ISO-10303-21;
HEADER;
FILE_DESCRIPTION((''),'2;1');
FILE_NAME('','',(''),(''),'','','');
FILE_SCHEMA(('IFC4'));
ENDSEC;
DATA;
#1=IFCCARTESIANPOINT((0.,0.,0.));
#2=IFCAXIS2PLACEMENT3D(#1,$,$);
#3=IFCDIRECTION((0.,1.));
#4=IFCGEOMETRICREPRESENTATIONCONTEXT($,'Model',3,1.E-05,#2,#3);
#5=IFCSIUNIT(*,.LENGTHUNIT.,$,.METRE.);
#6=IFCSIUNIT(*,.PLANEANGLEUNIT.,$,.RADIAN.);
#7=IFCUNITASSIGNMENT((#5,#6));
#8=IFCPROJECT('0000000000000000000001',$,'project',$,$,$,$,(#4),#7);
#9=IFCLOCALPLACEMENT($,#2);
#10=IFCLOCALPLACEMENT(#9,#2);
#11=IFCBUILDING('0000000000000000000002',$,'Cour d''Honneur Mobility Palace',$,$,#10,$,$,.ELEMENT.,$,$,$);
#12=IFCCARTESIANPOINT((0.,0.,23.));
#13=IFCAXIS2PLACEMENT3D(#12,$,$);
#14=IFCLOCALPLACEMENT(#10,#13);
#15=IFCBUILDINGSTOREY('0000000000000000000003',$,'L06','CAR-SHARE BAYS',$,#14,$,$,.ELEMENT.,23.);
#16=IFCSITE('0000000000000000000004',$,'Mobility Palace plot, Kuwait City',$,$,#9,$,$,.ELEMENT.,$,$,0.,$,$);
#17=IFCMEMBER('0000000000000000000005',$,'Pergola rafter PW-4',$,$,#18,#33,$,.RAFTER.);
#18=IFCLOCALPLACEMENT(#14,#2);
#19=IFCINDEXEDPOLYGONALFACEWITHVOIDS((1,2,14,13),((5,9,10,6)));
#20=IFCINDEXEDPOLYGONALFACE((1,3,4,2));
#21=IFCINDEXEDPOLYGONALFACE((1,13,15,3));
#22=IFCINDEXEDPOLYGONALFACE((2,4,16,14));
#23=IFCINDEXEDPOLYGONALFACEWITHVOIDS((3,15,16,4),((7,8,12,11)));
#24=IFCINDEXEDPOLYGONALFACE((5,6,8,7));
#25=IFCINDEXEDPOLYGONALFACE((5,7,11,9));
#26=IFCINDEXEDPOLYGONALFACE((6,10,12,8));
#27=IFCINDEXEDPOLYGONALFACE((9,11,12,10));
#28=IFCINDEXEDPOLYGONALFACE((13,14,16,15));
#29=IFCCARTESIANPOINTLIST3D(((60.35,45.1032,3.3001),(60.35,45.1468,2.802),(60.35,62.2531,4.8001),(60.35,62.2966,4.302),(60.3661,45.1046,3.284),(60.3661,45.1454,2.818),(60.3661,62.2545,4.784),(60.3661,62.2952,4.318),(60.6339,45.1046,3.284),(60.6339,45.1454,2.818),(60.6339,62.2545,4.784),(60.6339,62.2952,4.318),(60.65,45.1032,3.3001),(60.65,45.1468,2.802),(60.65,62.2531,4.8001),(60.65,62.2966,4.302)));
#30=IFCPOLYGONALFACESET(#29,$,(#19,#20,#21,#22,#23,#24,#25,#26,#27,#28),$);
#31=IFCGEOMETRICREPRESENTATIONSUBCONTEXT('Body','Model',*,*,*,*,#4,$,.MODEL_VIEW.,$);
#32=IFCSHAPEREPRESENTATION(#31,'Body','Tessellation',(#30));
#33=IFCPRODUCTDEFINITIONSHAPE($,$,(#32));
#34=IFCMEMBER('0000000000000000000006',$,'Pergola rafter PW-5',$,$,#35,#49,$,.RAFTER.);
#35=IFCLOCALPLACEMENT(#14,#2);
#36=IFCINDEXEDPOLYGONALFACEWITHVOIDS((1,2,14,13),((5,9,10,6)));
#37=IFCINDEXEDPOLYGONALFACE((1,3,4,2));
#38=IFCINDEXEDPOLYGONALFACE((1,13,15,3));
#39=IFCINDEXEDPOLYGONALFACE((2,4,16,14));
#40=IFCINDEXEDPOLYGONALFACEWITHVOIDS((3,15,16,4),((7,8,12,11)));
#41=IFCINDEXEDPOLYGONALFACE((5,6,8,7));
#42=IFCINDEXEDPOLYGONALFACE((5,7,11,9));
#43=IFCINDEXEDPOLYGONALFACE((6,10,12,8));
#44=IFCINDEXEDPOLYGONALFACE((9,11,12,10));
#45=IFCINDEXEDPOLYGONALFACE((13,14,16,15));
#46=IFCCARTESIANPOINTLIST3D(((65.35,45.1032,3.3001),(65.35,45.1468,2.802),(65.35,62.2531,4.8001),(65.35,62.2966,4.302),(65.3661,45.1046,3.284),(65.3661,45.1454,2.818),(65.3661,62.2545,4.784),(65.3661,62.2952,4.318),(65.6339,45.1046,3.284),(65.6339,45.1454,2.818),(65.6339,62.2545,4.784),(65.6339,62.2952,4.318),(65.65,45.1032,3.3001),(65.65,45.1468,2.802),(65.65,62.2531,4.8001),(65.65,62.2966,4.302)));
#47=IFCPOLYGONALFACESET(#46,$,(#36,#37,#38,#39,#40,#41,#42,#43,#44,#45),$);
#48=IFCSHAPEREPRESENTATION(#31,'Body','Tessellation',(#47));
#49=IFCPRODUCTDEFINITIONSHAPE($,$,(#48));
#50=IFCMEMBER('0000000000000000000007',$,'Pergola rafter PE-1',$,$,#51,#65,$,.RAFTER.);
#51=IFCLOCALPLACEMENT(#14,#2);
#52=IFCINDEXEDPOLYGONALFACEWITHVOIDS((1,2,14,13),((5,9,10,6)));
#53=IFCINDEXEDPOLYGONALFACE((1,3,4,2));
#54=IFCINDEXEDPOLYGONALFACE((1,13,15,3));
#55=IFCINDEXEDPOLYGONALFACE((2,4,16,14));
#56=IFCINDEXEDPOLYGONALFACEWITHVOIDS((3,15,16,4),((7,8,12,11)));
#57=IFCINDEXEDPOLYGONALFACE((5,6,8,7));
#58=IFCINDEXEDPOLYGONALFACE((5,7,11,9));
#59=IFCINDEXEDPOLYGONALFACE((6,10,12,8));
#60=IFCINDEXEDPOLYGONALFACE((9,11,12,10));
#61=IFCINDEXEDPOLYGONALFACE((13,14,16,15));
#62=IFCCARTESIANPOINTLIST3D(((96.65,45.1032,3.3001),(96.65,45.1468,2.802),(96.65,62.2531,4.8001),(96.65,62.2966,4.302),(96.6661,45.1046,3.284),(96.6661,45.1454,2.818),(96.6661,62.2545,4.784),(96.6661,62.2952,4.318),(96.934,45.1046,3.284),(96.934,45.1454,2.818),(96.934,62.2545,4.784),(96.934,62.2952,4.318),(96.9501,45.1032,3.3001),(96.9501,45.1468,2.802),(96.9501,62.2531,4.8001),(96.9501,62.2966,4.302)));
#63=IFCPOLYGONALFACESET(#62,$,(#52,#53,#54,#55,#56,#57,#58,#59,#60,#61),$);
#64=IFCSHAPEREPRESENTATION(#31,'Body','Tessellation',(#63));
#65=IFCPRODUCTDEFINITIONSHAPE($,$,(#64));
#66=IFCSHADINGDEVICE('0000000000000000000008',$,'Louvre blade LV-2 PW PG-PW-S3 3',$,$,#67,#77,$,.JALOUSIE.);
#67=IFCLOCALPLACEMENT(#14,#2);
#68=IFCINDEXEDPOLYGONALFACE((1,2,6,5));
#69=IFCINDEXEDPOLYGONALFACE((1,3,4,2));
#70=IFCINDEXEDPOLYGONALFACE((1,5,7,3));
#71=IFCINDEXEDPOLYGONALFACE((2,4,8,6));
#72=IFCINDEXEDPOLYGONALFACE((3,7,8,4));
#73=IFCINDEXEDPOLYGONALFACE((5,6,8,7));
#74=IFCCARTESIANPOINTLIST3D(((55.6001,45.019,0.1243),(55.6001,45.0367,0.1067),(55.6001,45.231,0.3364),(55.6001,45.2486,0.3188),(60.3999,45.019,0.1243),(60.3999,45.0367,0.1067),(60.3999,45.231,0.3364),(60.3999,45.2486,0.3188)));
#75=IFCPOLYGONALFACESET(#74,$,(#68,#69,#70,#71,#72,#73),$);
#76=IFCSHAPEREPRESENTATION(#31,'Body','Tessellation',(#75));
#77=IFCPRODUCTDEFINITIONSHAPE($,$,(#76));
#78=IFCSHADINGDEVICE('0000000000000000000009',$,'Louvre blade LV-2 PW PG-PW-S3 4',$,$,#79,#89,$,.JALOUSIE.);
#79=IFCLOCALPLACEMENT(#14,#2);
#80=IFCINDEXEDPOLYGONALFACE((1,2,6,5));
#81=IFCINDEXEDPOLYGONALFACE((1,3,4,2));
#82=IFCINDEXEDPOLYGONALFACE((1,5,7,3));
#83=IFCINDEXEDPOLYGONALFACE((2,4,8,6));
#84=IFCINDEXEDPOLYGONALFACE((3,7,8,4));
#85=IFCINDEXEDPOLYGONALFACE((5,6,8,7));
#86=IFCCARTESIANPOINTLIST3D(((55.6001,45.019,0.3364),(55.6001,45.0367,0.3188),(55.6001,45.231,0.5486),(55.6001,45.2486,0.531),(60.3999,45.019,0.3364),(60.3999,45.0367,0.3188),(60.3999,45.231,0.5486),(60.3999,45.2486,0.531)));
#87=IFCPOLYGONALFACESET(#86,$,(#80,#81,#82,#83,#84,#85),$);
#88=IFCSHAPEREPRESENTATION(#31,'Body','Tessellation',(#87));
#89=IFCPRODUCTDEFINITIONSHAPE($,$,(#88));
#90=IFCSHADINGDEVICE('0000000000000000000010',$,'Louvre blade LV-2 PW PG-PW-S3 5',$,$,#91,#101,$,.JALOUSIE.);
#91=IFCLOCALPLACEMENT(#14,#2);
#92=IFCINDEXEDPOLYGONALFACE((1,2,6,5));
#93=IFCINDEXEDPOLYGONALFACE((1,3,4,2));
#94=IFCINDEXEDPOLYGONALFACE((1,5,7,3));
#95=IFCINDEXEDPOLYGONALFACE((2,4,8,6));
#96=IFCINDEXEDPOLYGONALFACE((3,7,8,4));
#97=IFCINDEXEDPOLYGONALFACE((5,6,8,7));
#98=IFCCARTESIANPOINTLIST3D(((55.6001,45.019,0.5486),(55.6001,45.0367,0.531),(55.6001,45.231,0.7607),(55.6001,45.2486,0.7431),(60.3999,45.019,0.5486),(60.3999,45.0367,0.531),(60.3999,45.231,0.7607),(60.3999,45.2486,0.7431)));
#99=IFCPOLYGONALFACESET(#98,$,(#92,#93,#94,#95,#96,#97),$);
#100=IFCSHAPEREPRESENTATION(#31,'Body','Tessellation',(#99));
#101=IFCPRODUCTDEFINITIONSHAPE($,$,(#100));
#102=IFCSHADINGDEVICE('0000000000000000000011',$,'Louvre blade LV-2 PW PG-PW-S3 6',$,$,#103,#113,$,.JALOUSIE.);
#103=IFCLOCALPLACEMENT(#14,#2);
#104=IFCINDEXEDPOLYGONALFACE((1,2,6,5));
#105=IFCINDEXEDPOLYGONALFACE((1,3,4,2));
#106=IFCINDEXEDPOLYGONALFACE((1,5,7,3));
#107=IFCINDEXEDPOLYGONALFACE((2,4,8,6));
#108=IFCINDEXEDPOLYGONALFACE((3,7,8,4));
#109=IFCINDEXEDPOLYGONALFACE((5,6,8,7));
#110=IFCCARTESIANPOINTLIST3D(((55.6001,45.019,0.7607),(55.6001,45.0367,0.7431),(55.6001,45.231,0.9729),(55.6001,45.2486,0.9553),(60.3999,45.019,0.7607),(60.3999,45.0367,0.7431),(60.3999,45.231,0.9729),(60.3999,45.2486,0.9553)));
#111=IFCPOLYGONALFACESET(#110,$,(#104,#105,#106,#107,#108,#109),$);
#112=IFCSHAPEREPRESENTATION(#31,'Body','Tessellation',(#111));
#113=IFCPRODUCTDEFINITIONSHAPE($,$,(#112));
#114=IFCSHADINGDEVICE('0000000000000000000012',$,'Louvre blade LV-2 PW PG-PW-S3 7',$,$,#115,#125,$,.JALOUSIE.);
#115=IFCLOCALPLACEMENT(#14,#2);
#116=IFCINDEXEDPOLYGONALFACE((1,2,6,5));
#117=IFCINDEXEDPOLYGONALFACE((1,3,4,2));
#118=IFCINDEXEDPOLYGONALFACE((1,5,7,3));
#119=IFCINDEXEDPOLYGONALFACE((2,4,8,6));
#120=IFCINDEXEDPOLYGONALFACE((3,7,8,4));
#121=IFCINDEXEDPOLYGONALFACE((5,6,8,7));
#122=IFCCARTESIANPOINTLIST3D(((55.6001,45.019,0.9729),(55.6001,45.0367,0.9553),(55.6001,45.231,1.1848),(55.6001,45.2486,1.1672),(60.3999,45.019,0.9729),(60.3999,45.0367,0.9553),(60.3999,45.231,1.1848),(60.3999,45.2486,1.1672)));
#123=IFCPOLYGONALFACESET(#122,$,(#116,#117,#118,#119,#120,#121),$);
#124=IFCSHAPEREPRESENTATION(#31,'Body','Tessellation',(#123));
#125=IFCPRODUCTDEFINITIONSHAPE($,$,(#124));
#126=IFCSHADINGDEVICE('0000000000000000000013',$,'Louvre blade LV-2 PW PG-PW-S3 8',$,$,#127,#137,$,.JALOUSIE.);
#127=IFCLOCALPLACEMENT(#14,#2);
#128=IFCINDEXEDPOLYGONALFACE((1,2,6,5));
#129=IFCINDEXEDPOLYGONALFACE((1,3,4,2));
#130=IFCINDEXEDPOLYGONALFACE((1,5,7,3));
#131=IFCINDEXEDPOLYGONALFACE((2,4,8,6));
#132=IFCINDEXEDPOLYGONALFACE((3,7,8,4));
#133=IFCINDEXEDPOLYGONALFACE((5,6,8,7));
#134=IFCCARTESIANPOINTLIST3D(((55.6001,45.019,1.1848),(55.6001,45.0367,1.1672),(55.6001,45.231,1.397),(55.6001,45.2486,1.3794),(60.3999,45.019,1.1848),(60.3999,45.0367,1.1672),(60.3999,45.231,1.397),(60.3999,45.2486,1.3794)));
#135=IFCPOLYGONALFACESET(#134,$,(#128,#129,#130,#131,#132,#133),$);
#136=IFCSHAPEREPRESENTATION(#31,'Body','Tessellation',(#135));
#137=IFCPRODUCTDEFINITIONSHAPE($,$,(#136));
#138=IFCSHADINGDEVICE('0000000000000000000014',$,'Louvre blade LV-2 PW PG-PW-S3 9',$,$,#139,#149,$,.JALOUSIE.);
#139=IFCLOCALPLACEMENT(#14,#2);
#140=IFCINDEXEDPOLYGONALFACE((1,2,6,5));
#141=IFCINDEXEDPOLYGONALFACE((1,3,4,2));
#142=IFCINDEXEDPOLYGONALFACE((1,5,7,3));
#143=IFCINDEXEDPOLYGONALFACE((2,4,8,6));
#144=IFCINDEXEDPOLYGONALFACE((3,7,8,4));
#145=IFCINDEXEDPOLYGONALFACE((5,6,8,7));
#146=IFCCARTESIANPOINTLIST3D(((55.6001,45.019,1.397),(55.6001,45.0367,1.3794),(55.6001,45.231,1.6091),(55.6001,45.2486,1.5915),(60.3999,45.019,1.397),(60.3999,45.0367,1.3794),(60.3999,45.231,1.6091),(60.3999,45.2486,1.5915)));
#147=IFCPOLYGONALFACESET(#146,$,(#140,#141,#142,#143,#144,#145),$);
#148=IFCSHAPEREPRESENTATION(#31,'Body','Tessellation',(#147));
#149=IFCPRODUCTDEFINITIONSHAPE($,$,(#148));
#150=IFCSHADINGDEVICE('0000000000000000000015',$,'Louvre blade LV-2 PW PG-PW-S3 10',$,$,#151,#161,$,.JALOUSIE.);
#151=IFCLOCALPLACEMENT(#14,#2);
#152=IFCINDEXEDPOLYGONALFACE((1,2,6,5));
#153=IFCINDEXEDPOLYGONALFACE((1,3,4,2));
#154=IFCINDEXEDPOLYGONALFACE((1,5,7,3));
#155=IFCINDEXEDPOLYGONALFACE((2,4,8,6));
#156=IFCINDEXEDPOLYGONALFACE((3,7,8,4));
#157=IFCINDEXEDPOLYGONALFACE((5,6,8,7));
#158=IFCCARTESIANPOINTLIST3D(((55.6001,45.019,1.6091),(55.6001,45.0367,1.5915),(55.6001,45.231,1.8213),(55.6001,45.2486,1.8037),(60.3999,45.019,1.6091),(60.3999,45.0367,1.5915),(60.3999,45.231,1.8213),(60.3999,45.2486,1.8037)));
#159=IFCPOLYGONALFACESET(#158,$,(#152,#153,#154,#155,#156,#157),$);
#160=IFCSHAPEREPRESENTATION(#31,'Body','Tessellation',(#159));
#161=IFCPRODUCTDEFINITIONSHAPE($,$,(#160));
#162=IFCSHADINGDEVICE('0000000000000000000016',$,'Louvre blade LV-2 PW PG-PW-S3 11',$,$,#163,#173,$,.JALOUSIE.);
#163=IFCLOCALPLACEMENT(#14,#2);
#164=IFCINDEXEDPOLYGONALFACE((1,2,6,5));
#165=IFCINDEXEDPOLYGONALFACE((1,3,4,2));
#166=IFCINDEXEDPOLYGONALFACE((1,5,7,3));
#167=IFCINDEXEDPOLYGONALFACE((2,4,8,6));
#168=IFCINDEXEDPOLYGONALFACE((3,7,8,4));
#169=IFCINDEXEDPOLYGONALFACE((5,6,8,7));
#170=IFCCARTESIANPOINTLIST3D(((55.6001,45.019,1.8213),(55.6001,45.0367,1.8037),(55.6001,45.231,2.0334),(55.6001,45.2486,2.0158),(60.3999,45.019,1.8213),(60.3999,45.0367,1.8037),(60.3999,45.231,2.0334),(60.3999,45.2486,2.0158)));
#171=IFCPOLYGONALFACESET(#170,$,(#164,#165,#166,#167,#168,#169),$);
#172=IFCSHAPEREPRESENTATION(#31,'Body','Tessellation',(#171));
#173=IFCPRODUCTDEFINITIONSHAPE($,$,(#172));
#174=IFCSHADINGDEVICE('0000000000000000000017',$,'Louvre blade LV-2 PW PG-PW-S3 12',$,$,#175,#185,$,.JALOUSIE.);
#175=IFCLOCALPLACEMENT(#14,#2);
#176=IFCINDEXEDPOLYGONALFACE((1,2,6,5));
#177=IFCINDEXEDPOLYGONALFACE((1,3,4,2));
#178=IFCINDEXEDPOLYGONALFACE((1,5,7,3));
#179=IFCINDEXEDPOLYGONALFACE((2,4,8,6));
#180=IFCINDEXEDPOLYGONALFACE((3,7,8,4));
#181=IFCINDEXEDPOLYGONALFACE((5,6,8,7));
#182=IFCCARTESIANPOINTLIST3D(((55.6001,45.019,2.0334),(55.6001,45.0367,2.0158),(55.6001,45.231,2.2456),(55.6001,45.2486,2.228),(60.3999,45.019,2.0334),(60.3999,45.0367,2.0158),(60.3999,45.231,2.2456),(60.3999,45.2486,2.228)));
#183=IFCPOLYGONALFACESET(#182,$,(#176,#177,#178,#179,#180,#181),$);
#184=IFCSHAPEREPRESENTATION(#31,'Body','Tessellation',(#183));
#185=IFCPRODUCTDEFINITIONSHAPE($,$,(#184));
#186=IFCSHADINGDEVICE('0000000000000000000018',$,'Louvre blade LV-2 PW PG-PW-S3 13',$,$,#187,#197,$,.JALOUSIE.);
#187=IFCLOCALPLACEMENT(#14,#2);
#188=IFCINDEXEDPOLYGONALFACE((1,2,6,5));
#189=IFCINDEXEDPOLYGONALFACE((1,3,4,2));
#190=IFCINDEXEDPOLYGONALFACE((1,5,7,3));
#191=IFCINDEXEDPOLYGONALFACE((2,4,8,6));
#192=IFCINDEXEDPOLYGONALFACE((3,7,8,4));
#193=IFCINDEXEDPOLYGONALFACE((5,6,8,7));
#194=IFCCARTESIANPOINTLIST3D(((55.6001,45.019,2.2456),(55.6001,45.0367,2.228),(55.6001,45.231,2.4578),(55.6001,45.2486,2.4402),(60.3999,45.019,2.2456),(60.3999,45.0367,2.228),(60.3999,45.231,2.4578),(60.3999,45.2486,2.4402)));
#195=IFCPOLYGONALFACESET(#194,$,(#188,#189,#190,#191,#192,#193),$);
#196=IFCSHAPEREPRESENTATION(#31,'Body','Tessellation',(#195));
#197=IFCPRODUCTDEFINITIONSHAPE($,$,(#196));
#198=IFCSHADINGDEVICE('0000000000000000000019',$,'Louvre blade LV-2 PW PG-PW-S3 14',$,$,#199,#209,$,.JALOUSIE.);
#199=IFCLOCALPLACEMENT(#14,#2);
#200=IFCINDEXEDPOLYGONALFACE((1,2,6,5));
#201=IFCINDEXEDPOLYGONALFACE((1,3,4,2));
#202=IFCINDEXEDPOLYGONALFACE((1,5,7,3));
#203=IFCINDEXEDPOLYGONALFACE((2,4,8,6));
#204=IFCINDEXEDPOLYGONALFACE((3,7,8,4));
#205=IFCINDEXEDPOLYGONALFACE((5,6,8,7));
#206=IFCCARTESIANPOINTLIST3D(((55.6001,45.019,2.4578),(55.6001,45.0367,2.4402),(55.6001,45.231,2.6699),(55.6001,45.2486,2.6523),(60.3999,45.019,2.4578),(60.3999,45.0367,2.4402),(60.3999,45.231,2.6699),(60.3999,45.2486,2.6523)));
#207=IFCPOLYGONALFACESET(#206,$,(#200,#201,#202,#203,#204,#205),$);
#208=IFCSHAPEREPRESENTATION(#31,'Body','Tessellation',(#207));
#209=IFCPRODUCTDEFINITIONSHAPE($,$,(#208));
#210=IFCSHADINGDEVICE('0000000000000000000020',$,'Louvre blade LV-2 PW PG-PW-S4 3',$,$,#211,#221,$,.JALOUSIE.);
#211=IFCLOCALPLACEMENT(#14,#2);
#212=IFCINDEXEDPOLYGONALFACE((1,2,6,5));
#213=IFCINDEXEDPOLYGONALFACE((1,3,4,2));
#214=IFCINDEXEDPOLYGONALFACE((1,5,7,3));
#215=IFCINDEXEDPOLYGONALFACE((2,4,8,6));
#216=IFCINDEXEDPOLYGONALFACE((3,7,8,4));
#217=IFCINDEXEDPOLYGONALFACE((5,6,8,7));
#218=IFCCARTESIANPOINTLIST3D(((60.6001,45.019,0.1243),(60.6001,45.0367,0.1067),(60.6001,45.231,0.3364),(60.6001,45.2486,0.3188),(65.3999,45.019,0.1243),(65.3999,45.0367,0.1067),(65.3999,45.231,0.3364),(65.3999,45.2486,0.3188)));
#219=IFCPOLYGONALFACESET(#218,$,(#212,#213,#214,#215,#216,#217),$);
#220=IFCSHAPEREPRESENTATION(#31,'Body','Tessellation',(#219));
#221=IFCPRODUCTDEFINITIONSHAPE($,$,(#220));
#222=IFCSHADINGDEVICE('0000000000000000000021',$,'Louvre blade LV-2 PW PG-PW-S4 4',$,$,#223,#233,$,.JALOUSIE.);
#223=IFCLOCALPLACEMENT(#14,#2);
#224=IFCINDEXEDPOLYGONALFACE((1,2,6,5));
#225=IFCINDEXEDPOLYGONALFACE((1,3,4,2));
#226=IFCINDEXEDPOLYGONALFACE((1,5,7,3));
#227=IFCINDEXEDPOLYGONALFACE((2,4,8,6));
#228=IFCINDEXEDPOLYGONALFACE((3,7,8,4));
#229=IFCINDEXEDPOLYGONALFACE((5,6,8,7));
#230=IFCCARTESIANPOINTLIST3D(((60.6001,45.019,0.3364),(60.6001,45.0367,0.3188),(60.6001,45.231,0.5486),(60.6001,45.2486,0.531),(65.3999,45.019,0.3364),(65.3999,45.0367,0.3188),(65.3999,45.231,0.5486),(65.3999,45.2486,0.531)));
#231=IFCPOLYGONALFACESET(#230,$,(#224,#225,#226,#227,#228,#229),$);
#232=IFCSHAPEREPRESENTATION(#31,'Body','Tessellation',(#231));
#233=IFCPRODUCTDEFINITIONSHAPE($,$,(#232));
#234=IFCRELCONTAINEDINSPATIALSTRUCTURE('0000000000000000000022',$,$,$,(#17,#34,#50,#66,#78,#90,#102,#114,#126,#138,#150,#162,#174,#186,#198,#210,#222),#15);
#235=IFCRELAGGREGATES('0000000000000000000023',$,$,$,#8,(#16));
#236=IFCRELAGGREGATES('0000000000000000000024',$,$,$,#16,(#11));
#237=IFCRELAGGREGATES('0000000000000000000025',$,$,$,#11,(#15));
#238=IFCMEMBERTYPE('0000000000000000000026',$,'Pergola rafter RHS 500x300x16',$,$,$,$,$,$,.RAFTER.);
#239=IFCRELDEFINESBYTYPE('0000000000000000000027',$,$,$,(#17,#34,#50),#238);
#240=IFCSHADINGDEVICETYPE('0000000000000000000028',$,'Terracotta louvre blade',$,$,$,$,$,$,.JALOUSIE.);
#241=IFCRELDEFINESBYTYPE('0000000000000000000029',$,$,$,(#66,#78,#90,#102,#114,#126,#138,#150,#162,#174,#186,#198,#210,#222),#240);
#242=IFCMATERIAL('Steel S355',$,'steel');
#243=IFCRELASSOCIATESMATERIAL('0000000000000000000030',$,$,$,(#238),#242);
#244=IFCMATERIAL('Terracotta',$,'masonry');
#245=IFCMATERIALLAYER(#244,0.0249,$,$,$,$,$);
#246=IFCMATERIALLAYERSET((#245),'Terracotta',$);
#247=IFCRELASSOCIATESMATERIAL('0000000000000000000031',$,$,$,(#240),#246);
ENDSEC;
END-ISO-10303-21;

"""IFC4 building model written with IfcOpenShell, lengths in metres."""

from ifc_helpers import new_model, si_unit, direction, frame, origin, origin_2d, place, context, subcontext, project, spatial, polyline, hollow_rectangle, outline, extrude, material, layer, layer_set, material_profile, profile_set, type_object, element, save


model = new_model("IFC4")

# Units and contexts
model_context = context("Model", 3, precision=1e-05, world=origin(), true_north=direction((0.0, 1.0)))
body_context = subcontext(model_context, "Body", "Model", "MODEL_VIEW")
ifc_project = project(units=[si_unit("LENGTHUNIT", "METRE"), si_unit("PLANEANGLEUNIT", "RADIAN")], contexts=[model_context])

# Site, building, storey
site_placement = place(None, origin())
site = spatial("IfcSite", under=ifc_project, at=site_placement, Name="Mobility Palace plot, Kuwait City", CompositionType="ELEMENT", RefElevation=0.0)
building_placement = place(site_placement, origin())
building = spatial("IfcBuilding", under=site, at=building_placement, Name="Cour d'Honneur Mobility Palace", CompositionType="ELEMENT")
storey_placement = place(building_placement, frame((0.0, 0.0, 23.0)))
storey = spatial("IfcBuildingStorey", under=building, at=storey_placement, Name="L06", Description="CAR-SHARE BAYS", CompositionType="ELEMENT", Elevation=23.0)

# Members
ifc_material_1 = material(Name="Steel S355", Category="steel")
ifc_material_profile_1 = material_profile(ifc_material_1, hollow_rectangle(XDim=0.3, YDim=0.5, WallThickness=0.0161, at=origin_2d()), Name="RHS 500x300x16")
ifc_profile_set_1 = profile_set([ifc_material_profile_1], Name="Steel S355")
member_type_1 = type_object("IfcMemberType", Name="Pergola rafter RHS 500x300x16", PredefinedType="RAFTER", material=ifc_profile_set_1)
for number, where, z_axis, x_axis, name in (
    (1, (60.5, 45.125, 3.051), (0.0, 0.996197, 0.087131), (-1.0, 0.0, 0.0), "Pergola rafter PW-4"),
    (2, (65.5, 45.125, 3.051), (0.0, 0.996197, 0.087131), (-1.0, 0.0, 0.0), "Pergola rafter PW-5"),
    (3, (96.8, 45.125, 3.051), (0.0, 0.996197, 0.087131), (-1.0, 0.0, 0.0), "Pergola rafter PE-1"),
):
    element("IfcMember", number, at=place(storey_placement, frame(where, z_axis=z_axis, x_axis=x_axis)), inside=storey, type_object=member_type_1, Name=name, PredefinedType="RAFTER", context=body_context, shape_type="SweptSolid", body=[
        extrude(hollow_rectangle(XDim=0.3, YDim=0.5, WallThickness=0.0161, at=origin_2d()), origin(), (0.0, 0.0, 1.0), 17.2153),
    ])

# Shading devices
ifc_material_2 = material(Name="Terracotta", Category="masonry")
ifc_layer = layer(ifc_material_2, 0.0249)
ifc_layer_set = layer_set([ifc_layer], Name="Terracotta")
shading_device_type = type_object("IfcShadingDeviceType", Name="Terracotta louvre blade", PredefinedType="JALOUSIE", material=ifc_layer_set)
for number, where, z_axis, x_axis, name in (
    (4, (55.6001, 45.019, 0.1243), (0.0, -0.707514, 0.7067), (1.0, 0.0, 0.0), "Louvre blade LV-2 PW PG-PW-S3 3"),
    (5, (55.6001, 45.019, 0.3364), (0.0, -0.707514, 0.7067), (1.0, 0.0, 0.0), "Louvre blade LV-2 PW PG-PW-S3 4"),
    (6, (55.6001, 45.019, 0.5486), (0.0, -0.707514, 0.7067), (1.0, 0.0, 0.0), "Louvre blade LV-2 PW PG-PW-S3 5"),
    (7, (55.6001, 45.019, 0.7607), (0.0, -0.707514, 0.7067), (1.0, 0.0, 0.0), "Louvre blade LV-2 PW PG-PW-S3 6"),
):
    element("IfcShadingDevice", number, at=place(storey_placement, frame(where, z_axis=z_axis, x_axis=x_axis)), inside=storey, type_object=shading_device_type, Name=name, PredefinedType="JALOUSIE", context=body_context, shape_type="SweptSolid", body=[
        extrude(outline(polyline([(0.0, 0.0), (4.7998, 0.0), (4.7998, 0.2999), (0.0, 0.2999), (0.0, 0.0)])), origin(), (0.0, 0.0, -1.0), 0.0249),
    ])
shading_device_1_placement = place(storey_placement, frame((55.6001, 45.019, 0.9729), z_axis=(0.0, -0.707107, 0.707107), x_axis=(1.0, 0.0, 0.0)))
element("IfcShadingDevice", 8, at=shading_device_1_placement, inside=storey, type_object=shading_device_type, Name="Louvre blade LV-2 PW PG-PW-S3 7", PredefinedType="JALOUSIE", context=body_context, shape_type="SweptSolid", body=[
    extrude(outline(polyline([(0.0, 0.0), (4.7998, 0.0), (4.7998, 0.2997), (0.0, 0.2997), (0.0, 0.0)])), origin(), (0.0, 0.0, -1.0), 0.0249),
])
for number, where, z_axis, x_axis, name in (
    (9, (55.6001, 45.019, 1.1848), (0.0, -0.707514, 0.7067), (1.0, 0.0, 0.0), "Louvre blade LV-2 PW PG-PW-S3 8"),
    (10, (55.6001, 45.019, 1.397), (0.0, -0.707514, 0.7067), (1.0, 0.0, 0.0), "Louvre blade LV-2 PW PG-PW-S3 9"),
    (11, (55.6001, 45.019, 1.6091), (0.0, -0.707514, 0.7067), (1.0, 0.0, 0.0), "Louvre blade LV-2 PW PG-PW-S3 10"),
    (12, (55.6001, 45.019, 1.8213), (0.0, -0.707514, 0.7067), (1.0, 0.0, 0.0), "Louvre blade LV-2 PW PG-PW-S3 11"),
    (13, (55.6001, 45.019, 2.0334), (0.0, -0.707514, 0.7067), (1.0, 0.0, 0.0), "Louvre blade LV-2 PW PG-PW-S3 12"),
    (14, (55.6001, 45.019, 2.2456), (0.0, -0.707514, 0.7067), (1.0, 0.0, 0.0), "Louvre blade LV-2 PW PG-PW-S3 13"),
    (15, (55.6001, 45.019, 2.4578), (0.0, -0.707514, 0.7067), (1.0, 0.0, 0.0), "Louvre blade LV-2 PW PG-PW-S3 14"),
    (16, (60.6001, 45.019, 0.1243), (0.0, -0.707514, 0.7067), (1.0, 0.0, 0.0), "Louvre blade LV-2 PW PG-PW-S4 3"),
    (17, (60.6001, 45.019, 0.3364), (0.0, -0.707514, 0.7067), (1.0, 0.0, 0.0), "Louvre blade LV-2 PW PG-PW-S4 4"),
):
    element("IfcShadingDevice", number, at=place(storey_placement, frame(where, z_axis=z_axis, x_axis=x_axis)), inside=storey, type_object=shading_device_type, Name=name, PredefinedType="JALOUSIE", context=body_context, shape_type="SweptSolid", body=[
        extrude(outline(polyline([(0.0, 0.0), (4.7998, 0.0), (4.7998, 0.2999), (0.0, 0.2999), (0.0, 0.0)])), origin(), (0.0, 0.0, -1.0), 0.0249),
    ])

save(model, "model.ifc")
